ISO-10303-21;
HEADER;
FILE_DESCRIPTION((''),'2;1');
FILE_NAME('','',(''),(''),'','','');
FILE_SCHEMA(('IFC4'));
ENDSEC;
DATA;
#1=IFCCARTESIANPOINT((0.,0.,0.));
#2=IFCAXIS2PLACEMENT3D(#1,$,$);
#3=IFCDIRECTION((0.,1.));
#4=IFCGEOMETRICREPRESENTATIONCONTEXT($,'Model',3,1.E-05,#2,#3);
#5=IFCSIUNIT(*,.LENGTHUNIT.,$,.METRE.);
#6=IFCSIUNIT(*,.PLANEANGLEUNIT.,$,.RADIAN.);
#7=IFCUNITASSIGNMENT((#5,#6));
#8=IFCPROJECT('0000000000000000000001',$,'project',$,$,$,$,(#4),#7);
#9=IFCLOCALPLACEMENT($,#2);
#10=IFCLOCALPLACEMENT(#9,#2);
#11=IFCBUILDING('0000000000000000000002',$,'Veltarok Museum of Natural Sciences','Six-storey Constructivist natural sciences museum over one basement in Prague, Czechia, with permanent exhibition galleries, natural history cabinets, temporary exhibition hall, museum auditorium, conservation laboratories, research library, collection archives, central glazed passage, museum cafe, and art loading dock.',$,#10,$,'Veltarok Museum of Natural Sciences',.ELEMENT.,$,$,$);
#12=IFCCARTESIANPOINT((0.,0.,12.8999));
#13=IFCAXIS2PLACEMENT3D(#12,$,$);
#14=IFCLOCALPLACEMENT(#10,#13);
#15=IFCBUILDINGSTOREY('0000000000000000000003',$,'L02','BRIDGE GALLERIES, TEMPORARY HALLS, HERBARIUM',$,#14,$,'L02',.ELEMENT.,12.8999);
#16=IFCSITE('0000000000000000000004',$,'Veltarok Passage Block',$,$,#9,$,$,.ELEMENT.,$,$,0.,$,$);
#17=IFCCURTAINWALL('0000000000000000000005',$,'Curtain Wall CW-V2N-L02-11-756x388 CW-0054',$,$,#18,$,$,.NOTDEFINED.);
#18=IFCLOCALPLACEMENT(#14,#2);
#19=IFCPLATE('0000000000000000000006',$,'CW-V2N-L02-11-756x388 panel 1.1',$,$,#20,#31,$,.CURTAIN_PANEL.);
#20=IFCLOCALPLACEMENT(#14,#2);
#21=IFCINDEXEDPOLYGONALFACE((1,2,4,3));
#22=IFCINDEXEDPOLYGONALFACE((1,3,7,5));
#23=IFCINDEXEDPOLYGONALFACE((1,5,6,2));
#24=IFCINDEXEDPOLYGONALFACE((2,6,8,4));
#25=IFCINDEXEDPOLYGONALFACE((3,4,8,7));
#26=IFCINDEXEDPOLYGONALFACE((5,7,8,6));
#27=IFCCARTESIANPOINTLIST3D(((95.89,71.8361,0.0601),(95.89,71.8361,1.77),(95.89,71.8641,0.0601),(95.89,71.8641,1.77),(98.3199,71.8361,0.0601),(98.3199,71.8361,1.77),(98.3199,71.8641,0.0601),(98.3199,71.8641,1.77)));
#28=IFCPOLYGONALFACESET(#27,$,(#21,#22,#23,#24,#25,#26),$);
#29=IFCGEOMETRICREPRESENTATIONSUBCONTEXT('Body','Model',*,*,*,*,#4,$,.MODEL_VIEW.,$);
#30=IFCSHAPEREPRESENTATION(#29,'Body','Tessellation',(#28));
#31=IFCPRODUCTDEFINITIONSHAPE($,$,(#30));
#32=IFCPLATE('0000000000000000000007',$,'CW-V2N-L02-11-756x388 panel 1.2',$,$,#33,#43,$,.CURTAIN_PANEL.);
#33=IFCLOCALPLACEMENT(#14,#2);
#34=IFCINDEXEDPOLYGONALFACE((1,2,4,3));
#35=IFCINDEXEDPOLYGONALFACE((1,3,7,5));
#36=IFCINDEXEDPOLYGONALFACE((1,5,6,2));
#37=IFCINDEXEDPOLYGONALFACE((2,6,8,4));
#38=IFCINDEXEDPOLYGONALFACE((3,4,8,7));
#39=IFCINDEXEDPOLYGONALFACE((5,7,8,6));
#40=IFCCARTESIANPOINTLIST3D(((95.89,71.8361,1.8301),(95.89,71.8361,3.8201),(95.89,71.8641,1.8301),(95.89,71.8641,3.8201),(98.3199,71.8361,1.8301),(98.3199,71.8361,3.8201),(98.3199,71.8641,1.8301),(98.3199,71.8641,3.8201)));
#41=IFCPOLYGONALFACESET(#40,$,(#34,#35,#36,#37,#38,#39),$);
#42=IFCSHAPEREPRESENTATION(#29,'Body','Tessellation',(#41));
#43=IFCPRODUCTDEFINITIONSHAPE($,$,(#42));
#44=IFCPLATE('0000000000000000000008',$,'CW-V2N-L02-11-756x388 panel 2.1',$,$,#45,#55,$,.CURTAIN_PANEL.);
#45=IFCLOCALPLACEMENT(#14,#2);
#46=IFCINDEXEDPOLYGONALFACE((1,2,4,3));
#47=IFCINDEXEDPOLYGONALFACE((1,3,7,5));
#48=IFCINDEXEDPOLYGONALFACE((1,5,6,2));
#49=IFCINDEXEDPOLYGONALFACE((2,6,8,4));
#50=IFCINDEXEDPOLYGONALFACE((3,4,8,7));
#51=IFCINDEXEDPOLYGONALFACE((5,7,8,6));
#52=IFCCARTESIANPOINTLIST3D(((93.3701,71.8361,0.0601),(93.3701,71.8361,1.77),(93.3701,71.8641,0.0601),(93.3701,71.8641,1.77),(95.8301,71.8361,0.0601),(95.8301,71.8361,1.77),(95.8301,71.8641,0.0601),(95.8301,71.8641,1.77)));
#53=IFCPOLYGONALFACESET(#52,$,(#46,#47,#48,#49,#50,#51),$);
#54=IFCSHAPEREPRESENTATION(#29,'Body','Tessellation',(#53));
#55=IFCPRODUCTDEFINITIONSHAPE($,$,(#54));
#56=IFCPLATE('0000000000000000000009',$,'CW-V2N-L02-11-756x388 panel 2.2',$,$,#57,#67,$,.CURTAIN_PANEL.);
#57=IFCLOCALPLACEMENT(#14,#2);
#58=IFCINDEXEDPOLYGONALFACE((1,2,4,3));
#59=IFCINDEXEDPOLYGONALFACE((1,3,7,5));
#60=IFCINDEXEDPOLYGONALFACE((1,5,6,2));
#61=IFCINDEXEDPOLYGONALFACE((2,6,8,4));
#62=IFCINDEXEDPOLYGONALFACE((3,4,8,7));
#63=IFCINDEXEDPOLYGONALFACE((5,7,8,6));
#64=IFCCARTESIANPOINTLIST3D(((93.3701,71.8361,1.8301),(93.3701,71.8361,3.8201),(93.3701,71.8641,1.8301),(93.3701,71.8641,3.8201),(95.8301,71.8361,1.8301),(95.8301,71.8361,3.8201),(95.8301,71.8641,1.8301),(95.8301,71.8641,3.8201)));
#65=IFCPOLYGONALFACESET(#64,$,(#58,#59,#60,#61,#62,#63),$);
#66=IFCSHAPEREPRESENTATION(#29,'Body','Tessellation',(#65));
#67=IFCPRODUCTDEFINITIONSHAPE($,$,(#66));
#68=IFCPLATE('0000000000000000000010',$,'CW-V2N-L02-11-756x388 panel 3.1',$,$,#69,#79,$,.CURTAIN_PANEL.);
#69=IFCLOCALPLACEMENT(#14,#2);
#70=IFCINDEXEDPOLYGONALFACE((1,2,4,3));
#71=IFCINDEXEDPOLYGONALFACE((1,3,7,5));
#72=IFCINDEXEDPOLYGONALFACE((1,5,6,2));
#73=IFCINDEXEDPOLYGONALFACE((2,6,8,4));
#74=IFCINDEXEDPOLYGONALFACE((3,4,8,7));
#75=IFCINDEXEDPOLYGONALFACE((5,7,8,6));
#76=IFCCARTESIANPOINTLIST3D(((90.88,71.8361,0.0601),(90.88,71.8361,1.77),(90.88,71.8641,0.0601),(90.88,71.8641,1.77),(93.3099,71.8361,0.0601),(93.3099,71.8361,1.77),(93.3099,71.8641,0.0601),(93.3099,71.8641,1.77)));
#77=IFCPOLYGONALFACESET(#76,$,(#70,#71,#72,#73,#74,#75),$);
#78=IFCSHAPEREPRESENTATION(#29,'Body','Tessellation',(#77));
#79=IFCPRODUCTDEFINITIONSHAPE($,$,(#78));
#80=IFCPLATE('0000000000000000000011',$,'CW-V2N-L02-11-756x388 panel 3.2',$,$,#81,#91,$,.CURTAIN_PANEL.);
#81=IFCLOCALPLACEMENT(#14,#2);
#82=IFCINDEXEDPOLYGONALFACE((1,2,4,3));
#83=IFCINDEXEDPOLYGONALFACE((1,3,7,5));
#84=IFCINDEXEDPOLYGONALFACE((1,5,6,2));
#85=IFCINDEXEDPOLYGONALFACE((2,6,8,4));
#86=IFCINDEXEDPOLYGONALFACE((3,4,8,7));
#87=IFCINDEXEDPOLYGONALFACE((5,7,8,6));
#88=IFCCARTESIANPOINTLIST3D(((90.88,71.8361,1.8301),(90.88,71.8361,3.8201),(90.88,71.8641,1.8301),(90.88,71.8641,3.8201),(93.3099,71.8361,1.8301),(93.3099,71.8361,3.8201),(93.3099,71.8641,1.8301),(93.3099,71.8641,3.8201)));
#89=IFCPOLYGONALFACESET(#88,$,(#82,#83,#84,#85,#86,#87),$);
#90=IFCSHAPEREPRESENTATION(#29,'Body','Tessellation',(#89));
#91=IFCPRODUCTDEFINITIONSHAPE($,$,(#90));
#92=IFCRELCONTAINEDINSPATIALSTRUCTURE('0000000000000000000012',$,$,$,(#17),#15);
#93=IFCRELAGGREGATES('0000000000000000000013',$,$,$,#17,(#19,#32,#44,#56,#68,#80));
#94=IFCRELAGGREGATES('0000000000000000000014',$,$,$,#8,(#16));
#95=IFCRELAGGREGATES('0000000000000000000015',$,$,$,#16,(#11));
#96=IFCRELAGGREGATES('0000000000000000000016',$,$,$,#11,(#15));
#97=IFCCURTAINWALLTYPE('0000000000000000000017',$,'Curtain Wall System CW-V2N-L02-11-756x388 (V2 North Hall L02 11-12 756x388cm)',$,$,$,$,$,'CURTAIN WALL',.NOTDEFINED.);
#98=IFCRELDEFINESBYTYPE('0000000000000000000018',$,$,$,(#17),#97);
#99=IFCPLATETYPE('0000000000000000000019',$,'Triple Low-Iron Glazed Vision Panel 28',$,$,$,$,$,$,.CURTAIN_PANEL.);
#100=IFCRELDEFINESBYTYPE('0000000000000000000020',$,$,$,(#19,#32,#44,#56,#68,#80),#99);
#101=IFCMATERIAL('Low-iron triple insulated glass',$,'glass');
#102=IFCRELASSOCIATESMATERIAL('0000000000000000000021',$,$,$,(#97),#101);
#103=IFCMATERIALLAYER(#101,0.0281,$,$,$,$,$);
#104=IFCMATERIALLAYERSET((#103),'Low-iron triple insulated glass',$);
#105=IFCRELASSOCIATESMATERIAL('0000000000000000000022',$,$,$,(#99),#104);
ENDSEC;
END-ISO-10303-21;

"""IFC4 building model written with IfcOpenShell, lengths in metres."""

from ifc_helpers import new_model, si_unit, direction, frame, origin, origin_2d, place, context, subcontext, project, spatial, rectangle, extrude, material, layer, layer_set, type_object, element, aggregate, save


model = new_model("IFC4")

# Units and contexts
model_context = context("Model", 3, precision=1e-05, world=origin(), true_north=direction((0.0, 1.0)))
body_context = subcontext(model_context, "Body", "Model", "MODEL_VIEW")
ifc_project = project(units=[si_unit("LENGTHUNIT", "METRE"), si_unit("PLANEANGLEUNIT", "RADIAN")], contexts=[model_context])

# Site, building, storey
site_placement = place(None, origin())
site = spatial("IfcSite", under=ifc_project, at=site_placement, Name="Veltarok Passage Block", CompositionType="ELEMENT", RefElevation=0.0)
building_placement = place(site_placement, origin())
building = spatial("IfcBuilding", under=site, at=building_placement, Name="Veltarok Museum of Natural Sciences", Description="Six-storey Constructivist natural sciences museum over one basement in Prague, Czechia, with permanent exhibition galleries, natural history cabinets, temporary exhibition hall, museum auditorium, conservation laboratories, research library, collection archives, central glazed passage, museum cafe, and art loading dock.", LongName="Veltarok Museum of Natural Sciences", CompositionType="ELEMENT")
storey_placement = place(building_placement, frame((0.0, 0.0, 12.8999)))
storey = spatial("IfcBuildingStorey", under=building, at=storey_placement, Name="L02", Description="BRIDGE GALLERIES, TEMPORARY HALLS, HERBARIUM", LongName="L02", CompositionType="ELEMENT", Elevation=12.8999)

# Curtain wall
ifc_material_1 = material(Name="Low-iron triple insulated glass", Category="glass")
curtain_wall_type_1 = type_object("IfcCurtainWallType", Name="Curtain Wall System CW-V2N-L02-11-756x388 (V2 North Hall L02 11-12 756x388cm)", ElementType="CURTAIN WALL", PredefinedType="NOTDEFINED", material=ifc_material_1)
curtain_wall_1_placement = place(storey_placement, origin())
curtain_wall_1 = element("IfcCurtainWall", 1, at=curtain_wall_1_placement, inside=storey, type_object=curtain_wall_type_1, Name="Curtain Wall CW-V2N-L02-11-756x388 CW-0054", PredefinedType="NOTDEFINED")

# Plates
ifc_layer = layer(ifc_material_1, 0.0281)
ifc_layer_set = layer_set([ifc_layer], Name="Low-iron triple insulated glass")
plate_type = type_object("IfcPlateType", Name="Triple Low-Iron Glazed Vision Panel 28", PredefinedType="CURTAIN_PANEL", material=ifc_layer_set)
plate_1_placement = place(storey_placement, frame((97.105, 71.8501, 0.0601), z_axis=(0.0, 0.0, 1.0), x_axis=(-1.0, 0.0, 0.0)))
plate_1 = element("IfcPlate", 2, at=plate_1_placement, type_object=plate_type, Name="CW-V2N-L02-11-756x388 panel 1.1", PredefinedType="CURTAIN_PANEL", context=body_context, shape_type="SweptSolid", body=[
    extrude(rectangle(XDim=2.4299, YDim=0.0281, at=origin_2d()), origin(), (0.0, 0.0, 1.0), 1.71),
])
plate_2_placement = place(storey_placement, frame((97.105, 71.8501, 1.8301), z_axis=(0.0, 0.0, 1.0), x_axis=(-1.0, 0.0, 0.0)))
plate_2 = element("IfcPlate", 3, at=plate_2_placement, type_object=plate_type, Name="CW-V2N-L02-11-756x388 panel 1.2", PredefinedType="CURTAIN_PANEL", context=body_context, shape_type="SweptSolid", body=[
    extrude(rectangle(XDim=2.4299, YDim=0.0281, at=origin_2d()), origin(), (0.0, 0.0, 1.0), 1.99),
])
plate_3_placement = place(storey_placement, frame((94.6001, 71.8501, 0.0601), z_axis=(0.0, 0.0, 1.0), x_axis=(-1.0, 0.0, 0.0)))
plate_3 = element("IfcPlate", 4, at=plate_3_placement, type_object=plate_type, Name="CW-V2N-L02-11-756x388 panel 2.1", PredefinedType="CURTAIN_PANEL", context=body_context, shape_type="SweptSolid", body=[
    extrude(rectangle(XDim=2.46, YDim=0.0281, at=origin_2d()), origin(), (0.0, 0.0, 1.0), 1.71),
])
plate_4_placement = place(storey_placement, frame((94.6001, 71.8501, 1.8301), z_axis=(0.0, 0.0, 1.0), x_axis=(-1.0, 0.0, 0.0)))
plate_4 = element("IfcPlate", 5, at=plate_4_placement, type_object=plate_type, Name="CW-V2N-L02-11-756x388 panel 2.2", PredefinedType="CURTAIN_PANEL", context=body_context, shape_type="SweptSolid", body=[
    extrude(rectangle(XDim=2.46, YDim=0.0281, at=origin_2d()), origin(), (0.0, 0.0, 1.0), 1.99),
])
plate_5_placement = place(storey_placement, frame((92.095, 71.8501, 0.0601), z_axis=(0.0, 0.0, 1.0), x_axis=(-1.0, 0.0, 0.0)))
plate_5 = element("IfcPlate", 6, at=plate_5_placement, type_object=plate_type, Name="CW-V2N-L02-11-756x388 panel 3.1", PredefinedType="CURTAIN_PANEL", context=body_context, shape_type="SweptSolid", body=[
    extrude(rectangle(XDim=2.4299, YDim=0.0281, at=origin_2d()), origin(), (0.0, 0.0, 1.0), 1.71),
])
plate_6_placement = place(storey_placement, frame((92.095, 71.8501, 1.8301), z_axis=(0.0, 0.0, 1.0), x_axis=(-1.0, 0.0, 0.0)))
plate_6 = element("IfcPlate", 7, at=plate_6_placement, type_object=plate_type, Name="CW-V2N-L02-11-756x388 panel 3.2", PredefinedType="CURTAIN_PANEL", context=body_context, shape_type="SweptSolid", body=[
    extrude(rectangle(XDim=2.4299, YDim=0.0281, at=origin_2d()), origin(), (0.0, 0.0, 1.0), 1.99),
])
aggregate(curtain_wall_1, [plate_1, plate_2, plate_3, plate_4, plate_5, plate_6])

save(model, "model.ifc")
